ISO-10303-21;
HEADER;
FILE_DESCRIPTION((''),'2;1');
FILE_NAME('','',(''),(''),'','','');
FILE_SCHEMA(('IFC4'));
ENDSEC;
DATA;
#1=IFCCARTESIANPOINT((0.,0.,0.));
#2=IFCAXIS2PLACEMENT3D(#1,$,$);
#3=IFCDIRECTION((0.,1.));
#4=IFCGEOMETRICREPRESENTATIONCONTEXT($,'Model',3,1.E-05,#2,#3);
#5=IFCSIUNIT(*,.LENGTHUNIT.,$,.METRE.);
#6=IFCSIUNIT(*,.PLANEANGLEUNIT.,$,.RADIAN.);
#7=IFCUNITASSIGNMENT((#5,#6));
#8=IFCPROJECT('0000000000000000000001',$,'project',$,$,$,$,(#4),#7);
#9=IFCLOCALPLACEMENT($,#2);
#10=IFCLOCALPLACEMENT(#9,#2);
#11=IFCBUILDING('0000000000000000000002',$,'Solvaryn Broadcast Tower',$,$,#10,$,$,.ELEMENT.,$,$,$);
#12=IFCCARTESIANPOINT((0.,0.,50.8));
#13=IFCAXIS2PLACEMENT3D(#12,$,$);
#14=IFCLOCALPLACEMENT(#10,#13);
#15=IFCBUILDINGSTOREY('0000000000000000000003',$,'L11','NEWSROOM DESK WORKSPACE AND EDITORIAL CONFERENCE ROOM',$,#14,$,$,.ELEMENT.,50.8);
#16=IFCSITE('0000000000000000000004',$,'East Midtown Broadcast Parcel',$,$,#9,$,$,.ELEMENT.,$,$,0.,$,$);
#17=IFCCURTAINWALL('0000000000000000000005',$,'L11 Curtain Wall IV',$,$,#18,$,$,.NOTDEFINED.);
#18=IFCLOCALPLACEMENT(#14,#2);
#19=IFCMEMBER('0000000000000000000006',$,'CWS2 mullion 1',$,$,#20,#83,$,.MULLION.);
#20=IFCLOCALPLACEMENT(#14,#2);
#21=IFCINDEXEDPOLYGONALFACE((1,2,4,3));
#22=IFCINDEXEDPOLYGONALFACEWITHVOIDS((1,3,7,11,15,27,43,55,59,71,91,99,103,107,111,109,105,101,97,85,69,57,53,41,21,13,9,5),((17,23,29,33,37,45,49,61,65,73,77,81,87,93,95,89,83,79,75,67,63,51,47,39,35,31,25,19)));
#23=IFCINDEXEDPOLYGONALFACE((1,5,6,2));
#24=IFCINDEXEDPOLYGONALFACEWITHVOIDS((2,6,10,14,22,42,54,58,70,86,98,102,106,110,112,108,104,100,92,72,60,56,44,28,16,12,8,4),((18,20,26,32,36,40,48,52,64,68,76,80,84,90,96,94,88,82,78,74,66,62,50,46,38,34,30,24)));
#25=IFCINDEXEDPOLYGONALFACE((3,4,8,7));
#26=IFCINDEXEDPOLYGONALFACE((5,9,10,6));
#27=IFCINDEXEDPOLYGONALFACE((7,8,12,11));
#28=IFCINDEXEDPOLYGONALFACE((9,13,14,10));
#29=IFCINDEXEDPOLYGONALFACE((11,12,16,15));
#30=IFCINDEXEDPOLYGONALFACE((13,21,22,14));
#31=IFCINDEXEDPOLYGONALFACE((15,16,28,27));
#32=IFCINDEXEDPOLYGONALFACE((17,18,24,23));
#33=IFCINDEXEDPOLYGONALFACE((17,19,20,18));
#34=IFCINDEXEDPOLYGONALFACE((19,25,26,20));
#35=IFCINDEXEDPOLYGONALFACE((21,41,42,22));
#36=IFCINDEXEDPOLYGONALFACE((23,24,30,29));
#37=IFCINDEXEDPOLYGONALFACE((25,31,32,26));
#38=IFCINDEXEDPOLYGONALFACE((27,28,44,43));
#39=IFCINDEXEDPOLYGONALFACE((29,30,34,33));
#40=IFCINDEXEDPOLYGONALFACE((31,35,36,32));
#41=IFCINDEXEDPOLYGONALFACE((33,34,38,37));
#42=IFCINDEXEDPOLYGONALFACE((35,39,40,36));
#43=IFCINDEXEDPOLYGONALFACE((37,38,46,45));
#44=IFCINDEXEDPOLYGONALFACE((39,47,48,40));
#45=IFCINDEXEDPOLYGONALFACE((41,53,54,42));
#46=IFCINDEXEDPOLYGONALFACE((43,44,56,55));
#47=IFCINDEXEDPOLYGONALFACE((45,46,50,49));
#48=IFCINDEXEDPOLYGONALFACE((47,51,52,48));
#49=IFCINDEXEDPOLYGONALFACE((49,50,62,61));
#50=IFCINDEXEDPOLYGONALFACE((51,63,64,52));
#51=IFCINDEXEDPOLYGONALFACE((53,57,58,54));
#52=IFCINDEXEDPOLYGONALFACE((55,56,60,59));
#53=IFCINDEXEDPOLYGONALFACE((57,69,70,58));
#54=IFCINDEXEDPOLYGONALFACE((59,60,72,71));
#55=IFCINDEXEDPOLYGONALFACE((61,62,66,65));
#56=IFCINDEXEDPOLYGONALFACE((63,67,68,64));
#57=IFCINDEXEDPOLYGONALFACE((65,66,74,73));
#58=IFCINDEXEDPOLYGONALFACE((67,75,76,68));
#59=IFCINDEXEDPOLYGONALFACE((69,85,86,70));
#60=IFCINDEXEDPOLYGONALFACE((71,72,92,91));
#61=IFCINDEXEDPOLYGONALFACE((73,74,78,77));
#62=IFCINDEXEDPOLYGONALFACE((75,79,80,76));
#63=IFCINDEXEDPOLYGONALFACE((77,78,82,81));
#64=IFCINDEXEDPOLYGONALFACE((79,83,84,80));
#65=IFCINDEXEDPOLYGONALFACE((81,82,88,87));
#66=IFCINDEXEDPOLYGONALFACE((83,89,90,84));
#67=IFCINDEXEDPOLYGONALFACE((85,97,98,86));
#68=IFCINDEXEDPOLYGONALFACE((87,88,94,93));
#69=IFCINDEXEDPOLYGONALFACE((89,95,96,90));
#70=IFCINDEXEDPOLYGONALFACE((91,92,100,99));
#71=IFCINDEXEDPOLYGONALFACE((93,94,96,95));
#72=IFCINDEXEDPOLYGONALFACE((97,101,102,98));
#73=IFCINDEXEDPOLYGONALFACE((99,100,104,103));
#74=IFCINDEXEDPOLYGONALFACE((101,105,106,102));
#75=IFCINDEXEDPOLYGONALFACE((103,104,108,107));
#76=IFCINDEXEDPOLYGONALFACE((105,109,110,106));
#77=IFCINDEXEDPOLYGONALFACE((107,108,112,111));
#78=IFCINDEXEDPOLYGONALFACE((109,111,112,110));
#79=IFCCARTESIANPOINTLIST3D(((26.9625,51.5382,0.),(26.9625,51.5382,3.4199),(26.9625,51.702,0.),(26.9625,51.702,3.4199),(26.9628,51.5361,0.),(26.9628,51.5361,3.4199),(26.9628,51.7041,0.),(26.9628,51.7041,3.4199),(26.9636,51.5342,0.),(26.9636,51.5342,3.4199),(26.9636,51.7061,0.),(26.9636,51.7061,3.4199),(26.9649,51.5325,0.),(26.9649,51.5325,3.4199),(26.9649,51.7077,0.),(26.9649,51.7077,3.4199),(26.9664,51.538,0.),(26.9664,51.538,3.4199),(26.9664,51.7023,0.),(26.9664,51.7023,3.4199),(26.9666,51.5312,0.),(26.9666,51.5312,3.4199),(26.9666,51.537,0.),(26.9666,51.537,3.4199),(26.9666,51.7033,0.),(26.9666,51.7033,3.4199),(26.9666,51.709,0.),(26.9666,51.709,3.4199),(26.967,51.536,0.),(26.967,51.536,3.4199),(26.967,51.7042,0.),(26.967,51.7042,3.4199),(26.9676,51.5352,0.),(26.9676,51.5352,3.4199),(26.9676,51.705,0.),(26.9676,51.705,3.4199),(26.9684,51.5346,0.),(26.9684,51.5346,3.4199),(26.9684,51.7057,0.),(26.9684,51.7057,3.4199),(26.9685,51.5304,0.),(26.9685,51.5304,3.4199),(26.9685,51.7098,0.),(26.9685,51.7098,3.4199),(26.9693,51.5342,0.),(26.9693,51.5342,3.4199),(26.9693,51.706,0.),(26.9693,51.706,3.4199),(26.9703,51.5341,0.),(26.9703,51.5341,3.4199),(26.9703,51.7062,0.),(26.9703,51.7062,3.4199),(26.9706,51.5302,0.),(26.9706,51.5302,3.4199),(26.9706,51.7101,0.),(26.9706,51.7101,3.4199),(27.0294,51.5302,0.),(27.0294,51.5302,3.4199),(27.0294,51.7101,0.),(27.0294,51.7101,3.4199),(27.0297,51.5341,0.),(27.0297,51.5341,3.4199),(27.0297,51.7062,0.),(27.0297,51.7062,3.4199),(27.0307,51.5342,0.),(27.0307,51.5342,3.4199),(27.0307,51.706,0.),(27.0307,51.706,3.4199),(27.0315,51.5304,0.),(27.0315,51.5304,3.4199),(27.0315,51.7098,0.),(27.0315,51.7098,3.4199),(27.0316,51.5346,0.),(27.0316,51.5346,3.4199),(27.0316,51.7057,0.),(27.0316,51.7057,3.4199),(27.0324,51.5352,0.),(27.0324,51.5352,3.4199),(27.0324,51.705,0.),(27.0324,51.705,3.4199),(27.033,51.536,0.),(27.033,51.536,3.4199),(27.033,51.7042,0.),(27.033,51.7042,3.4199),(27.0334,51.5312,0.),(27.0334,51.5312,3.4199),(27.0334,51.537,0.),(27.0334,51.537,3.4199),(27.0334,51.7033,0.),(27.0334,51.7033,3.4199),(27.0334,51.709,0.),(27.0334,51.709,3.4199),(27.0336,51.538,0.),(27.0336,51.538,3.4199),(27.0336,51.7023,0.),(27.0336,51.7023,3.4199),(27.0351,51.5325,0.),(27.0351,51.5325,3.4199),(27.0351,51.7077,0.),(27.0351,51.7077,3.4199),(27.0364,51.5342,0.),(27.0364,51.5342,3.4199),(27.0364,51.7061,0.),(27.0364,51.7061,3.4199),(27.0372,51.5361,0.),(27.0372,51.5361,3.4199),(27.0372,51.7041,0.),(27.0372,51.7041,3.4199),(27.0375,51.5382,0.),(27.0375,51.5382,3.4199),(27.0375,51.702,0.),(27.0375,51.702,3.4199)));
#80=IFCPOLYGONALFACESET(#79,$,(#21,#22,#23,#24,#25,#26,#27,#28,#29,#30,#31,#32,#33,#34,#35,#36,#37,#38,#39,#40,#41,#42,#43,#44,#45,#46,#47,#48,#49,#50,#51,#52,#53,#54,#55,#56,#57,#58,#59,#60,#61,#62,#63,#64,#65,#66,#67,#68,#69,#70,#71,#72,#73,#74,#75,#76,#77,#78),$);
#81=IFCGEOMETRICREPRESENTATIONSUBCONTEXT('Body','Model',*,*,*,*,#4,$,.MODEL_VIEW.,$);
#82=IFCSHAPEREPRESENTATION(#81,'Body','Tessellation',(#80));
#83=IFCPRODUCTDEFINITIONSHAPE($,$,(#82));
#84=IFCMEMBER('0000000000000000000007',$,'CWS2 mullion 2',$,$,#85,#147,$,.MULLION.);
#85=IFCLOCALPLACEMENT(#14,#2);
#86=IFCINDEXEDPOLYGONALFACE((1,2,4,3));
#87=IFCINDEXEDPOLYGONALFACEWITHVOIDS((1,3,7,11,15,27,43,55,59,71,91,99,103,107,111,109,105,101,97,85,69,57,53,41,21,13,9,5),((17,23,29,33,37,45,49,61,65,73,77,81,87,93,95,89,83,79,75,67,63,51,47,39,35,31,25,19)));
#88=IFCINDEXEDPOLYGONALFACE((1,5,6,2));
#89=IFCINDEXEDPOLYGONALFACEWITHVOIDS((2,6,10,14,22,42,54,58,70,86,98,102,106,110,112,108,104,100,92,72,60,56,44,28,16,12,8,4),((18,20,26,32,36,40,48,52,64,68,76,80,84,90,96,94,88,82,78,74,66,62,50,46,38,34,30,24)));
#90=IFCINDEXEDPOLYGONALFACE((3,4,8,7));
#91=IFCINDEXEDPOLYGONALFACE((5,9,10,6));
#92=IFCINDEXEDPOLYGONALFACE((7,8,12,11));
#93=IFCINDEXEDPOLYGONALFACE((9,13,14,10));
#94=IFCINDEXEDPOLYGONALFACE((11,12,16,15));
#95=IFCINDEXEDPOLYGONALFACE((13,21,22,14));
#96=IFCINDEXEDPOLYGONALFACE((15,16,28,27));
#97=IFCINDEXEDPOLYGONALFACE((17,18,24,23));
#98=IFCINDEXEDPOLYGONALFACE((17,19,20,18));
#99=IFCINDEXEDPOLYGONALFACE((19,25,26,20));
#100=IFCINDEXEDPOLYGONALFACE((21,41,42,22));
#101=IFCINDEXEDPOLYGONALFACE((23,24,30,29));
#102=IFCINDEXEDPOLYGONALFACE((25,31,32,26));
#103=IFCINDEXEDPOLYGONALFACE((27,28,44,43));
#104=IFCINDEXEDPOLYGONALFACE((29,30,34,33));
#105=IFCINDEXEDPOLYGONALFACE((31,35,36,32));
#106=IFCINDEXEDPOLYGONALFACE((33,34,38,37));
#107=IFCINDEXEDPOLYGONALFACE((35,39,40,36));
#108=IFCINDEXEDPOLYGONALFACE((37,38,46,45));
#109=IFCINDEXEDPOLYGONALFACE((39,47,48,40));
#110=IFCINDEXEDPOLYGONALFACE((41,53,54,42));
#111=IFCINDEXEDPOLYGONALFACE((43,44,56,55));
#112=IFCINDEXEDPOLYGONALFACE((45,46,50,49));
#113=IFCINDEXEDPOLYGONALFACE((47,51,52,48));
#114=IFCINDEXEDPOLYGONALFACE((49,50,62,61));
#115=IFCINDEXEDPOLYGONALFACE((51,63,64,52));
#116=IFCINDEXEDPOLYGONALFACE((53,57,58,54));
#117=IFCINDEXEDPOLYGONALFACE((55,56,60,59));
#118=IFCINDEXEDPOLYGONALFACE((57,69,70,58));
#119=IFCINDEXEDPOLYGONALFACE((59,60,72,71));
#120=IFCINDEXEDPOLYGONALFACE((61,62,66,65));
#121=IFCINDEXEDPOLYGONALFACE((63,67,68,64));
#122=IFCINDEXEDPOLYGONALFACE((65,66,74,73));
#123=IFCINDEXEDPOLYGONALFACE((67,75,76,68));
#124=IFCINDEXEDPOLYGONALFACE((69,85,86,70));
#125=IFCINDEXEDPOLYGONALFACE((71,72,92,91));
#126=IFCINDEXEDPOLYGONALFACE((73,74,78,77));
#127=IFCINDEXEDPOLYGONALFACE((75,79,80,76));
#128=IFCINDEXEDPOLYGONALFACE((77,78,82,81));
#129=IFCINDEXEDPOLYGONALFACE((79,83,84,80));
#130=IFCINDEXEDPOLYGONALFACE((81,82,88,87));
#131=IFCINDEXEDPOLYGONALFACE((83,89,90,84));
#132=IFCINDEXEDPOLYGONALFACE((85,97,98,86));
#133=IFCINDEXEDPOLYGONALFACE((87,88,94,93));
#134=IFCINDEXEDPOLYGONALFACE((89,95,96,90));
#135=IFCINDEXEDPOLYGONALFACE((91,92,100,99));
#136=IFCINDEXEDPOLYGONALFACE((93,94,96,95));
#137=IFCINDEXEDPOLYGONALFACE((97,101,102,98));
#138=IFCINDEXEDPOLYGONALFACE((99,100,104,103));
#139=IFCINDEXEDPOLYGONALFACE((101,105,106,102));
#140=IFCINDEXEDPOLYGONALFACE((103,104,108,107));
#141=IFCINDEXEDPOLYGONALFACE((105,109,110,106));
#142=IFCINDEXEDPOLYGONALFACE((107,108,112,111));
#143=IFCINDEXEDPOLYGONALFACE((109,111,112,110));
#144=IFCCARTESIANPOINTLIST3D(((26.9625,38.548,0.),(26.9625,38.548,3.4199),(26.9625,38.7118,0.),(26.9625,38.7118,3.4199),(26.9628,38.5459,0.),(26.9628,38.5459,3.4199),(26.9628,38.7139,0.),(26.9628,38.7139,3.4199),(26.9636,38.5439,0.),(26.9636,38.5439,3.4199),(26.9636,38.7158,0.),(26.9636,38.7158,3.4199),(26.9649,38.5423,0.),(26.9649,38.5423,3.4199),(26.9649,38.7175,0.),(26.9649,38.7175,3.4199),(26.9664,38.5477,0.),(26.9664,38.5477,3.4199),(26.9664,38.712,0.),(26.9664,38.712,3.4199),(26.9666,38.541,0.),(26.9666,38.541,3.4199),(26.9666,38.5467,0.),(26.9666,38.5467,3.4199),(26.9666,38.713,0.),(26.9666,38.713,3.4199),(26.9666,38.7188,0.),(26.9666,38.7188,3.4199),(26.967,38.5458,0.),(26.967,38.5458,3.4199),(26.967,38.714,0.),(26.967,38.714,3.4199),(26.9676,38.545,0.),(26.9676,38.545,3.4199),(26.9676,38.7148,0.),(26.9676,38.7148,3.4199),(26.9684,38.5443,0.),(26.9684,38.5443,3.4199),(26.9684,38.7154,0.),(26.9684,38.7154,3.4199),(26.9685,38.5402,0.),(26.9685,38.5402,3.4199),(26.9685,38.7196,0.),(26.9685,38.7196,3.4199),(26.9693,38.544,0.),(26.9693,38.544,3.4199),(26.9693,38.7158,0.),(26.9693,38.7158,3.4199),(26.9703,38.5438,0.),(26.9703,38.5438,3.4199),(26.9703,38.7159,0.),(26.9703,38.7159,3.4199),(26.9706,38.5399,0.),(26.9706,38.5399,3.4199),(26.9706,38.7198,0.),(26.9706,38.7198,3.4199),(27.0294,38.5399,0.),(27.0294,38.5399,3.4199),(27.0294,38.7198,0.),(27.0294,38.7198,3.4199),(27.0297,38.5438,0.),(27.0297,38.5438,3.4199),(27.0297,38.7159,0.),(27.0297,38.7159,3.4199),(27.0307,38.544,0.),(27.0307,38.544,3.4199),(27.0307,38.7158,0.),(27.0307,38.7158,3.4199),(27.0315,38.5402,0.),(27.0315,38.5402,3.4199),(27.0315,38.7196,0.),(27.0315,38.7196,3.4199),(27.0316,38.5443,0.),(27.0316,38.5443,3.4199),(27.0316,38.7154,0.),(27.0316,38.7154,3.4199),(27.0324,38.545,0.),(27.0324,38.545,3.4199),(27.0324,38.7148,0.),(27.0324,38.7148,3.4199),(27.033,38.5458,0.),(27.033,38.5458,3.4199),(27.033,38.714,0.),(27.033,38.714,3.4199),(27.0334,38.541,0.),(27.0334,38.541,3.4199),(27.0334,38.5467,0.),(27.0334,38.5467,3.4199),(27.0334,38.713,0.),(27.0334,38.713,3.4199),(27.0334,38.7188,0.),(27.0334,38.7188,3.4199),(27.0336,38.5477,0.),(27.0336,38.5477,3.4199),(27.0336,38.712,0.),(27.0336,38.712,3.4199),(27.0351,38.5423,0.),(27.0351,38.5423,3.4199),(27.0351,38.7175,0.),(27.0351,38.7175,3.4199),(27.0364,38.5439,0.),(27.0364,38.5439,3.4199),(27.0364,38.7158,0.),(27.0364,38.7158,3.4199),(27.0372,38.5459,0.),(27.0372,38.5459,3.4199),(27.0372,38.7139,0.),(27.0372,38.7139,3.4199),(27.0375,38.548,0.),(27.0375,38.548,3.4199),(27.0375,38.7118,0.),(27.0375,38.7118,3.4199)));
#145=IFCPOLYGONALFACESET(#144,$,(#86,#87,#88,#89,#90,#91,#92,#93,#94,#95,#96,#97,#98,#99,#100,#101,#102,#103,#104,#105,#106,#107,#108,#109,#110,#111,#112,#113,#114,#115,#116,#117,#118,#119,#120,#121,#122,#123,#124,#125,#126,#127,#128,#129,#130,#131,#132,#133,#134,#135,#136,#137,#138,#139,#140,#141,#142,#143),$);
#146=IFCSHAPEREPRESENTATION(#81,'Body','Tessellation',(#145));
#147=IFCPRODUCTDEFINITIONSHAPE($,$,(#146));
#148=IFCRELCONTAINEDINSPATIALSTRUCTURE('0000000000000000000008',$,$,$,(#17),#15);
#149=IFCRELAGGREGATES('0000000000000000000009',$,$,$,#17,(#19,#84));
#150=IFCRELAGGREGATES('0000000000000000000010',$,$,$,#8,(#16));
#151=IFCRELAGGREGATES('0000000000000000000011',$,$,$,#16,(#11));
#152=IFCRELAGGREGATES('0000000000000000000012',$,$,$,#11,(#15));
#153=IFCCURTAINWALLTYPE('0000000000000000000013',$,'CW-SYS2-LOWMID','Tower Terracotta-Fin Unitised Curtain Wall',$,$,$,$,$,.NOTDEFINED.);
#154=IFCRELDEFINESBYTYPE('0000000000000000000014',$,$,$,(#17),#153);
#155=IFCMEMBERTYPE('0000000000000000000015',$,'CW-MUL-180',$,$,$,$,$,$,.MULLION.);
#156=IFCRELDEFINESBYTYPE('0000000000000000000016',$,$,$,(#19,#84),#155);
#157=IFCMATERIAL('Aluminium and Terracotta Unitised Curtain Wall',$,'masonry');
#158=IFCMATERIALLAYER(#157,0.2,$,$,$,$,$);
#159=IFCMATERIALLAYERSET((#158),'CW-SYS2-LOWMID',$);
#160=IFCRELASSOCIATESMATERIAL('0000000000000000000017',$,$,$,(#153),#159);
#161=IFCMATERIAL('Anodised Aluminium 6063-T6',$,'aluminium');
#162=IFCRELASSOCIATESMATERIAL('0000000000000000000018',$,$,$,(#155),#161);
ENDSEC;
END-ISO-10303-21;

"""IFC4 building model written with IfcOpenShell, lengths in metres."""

from ifc_helpers import new_model, si_unit, direction, frame, origin, origin_2d, place, context, subcontext, project, spatial, hollow_rectangle, extrude, material, layer, layer_set, material_profile, profile_set, type_object, element, aggregate, save


model = new_model("IFC4")

# Units and contexts
model_context = context("Model", 3, precision=1e-05, world=origin(), true_north=direction((0.0, 1.0)))
body_context = subcontext(model_context, "Body", "Model", "MODEL_VIEW")
ifc_project = project(units=[si_unit("LENGTHUNIT", "METRE"), si_unit("PLANEANGLEUNIT", "RADIAN")], contexts=[model_context])

# Site, building, storey
site_placement = place(None, origin())
site = spatial("IfcSite", under=ifc_project, at=site_placement, Name="East Midtown Broadcast Parcel", CompositionType="ELEMENT", RefElevation=0.0)
building_placement = place(site_placement, origin())
building = spatial("IfcBuilding", under=site, at=building_placement, Name="Solvaryn Broadcast Tower", CompositionType="ELEMENT")
storey_placement = place(building_placement, frame((0.0, 0.0, 50.8)))
storey = spatial("IfcBuildingStorey", under=building, at=storey_placement, Name="L11", Description="NEWSROOM DESK WORKSPACE AND EDITORIAL CONFERENCE ROOM", CompositionType="ELEMENT", Elevation=50.8)

# Curtain wall, members
ifc_material_1 = material(Name="Aluminium and Terracotta Unitised Curtain Wall", Category="masonry")
ifc_layer_1 = layer(ifc_material_1, 0.2)
ifc_layer_set_1 = layer_set([ifc_layer_1], Name="CW-SYS2-LOWMID")
curtain_wall_type = type_object("IfcCurtainWallType", Name="CW-SYS2-LOWMID", Description="Tower Terracotta-Fin Unitised Curtain Wall", PredefinedType="NOTDEFINED", material=ifc_layer_set_1)
curtain_wall_1_placement = place(storey_placement, origin())
curtain_wall_1 = element("IfcCurtainWall", 1, at=curtain_wall_1_placement, inside=storey, type_object=curtain_wall_type, Name="L11 Curtain Wall IV", PredefinedType="NOTDEFINED")
ifc_material_2 = material(Name="Anodised Aluminium 6063-T6", Category="aluminium")
ifc_material_profile_1 = material_profile(ifc_material_2, hollow_rectangle(XDim=0.075, YDim=0.1799, WallThickness=0.0039, InnerFilletRadius=0.0039, OuterFilletRadius=0.0081, at=origin_2d()))
ifc_profile_set_1 = profile_set([ifc_material_profile_1], Name="Anodised Aluminium 6063-T6")
member_type_1 = type_object("IfcMemberType", Name="CW-MUL-180", PredefinedType="MULLION", material=ifc_profile_set_1)
member_1_placement = place(storey_placement, frame((27.0, 51.6201, 0.0), z_axis=(0.0, 0.0, 1.0), x_axis=(1.0, 0.0, 0.0)))
member_1 = element("IfcMember", 2, at=member_1_placement, type_object=member_type_1, Name="CWS2 mullion 1", PredefinedType="MULLION", context=body_context, shape_type="SweptSolid", body=[
    extrude(hollow_rectangle(XDim=0.075, YDim=0.1799, WallThickness=0.0039, InnerFilletRadius=0.0039, OuterFilletRadius=0.0081, at=origin_2d()), origin(), (0.0, 0.0, 1.0), 3.4199),
])
member_2_placement = place(storey_placement, frame((27.0, 38.6299, 0.0), z_axis=(0.0, 0.0, 1.0), x_axis=(1.0, 0.0, 0.0)))
member_2 = element("IfcMember", 3, at=member_2_placement, type_object=member_type_1, Name="CWS2 mullion 2", PredefinedType="MULLION", context=body_context, shape_type="SweptSolid", body=[
    extrude(hollow_rectangle(XDim=0.075, YDim=0.1799, WallThickness=0.0039, InnerFilletRadius=0.0039, OuterFilletRadius=0.0081, at=origin_2d()), origin(), (0.0, 0.0, 1.0), 3.4199),
])

aggregate(curtain_wall_1, [member_1, member_2])

save(model, "model.ifc")
